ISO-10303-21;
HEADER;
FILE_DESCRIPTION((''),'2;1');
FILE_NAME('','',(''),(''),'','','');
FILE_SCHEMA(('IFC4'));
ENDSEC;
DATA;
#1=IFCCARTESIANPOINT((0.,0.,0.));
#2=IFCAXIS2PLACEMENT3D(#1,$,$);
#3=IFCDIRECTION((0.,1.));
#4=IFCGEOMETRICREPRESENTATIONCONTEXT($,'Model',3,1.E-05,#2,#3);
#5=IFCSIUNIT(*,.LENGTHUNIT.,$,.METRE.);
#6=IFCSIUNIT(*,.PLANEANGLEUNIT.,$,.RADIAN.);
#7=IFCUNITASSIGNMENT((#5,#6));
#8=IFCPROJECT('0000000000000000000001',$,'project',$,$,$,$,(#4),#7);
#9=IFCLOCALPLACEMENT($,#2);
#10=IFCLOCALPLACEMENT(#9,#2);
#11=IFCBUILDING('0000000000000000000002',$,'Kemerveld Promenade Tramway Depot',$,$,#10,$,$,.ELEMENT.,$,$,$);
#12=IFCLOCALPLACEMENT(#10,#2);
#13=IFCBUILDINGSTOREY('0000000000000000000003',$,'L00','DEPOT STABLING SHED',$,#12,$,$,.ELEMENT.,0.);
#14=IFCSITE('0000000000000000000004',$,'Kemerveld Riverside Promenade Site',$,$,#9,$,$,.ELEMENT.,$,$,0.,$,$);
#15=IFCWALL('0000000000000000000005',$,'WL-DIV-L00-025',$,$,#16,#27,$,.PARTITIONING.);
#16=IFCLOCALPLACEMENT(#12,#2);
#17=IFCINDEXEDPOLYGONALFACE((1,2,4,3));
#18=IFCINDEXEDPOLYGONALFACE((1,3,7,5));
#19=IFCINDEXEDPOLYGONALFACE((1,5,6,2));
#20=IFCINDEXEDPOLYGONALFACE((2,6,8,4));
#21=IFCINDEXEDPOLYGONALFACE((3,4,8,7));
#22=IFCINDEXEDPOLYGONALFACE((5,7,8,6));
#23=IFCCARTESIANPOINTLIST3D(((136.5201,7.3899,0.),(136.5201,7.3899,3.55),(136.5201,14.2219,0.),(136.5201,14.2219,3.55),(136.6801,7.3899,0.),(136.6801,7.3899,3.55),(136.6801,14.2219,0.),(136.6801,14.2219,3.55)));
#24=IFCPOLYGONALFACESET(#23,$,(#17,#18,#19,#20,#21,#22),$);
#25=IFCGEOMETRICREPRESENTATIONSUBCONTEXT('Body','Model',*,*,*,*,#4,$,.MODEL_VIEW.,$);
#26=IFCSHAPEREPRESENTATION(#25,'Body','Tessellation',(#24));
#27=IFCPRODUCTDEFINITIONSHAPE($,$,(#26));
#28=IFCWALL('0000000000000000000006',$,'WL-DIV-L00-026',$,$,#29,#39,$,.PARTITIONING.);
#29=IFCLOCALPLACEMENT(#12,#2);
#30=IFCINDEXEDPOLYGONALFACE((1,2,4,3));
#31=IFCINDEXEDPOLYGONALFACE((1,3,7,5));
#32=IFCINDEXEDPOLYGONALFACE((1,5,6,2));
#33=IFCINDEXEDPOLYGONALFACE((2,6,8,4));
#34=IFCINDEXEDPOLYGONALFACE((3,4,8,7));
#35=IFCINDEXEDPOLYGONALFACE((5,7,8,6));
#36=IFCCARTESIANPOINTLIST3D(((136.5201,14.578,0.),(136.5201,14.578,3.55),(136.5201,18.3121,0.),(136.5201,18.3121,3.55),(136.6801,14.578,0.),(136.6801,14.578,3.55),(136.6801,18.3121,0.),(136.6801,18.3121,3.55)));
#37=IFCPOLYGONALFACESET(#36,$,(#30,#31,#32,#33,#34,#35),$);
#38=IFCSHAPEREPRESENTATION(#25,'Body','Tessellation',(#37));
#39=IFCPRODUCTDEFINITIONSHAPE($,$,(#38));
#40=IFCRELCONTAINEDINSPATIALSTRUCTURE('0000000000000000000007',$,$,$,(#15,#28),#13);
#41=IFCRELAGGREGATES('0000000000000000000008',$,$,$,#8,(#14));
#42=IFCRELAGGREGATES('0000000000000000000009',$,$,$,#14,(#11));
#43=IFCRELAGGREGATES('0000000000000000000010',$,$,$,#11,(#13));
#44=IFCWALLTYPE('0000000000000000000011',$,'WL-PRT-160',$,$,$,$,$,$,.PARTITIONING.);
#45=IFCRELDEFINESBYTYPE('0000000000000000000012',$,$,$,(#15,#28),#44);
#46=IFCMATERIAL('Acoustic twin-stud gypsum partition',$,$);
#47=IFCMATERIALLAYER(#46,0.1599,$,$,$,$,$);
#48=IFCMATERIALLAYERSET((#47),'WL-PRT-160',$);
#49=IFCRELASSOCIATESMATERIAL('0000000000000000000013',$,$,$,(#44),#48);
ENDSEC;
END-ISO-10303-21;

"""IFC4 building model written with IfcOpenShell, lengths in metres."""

from ifc_helpers import new_model, si_unit, direction, frame, frame_2d, origin, place, context, subcontext, project, spatial, rectangle, extrude, material, layer, layer_set, type_object, element, save


model = new_model("IFC4")

# Units and contexts
model_context = context("Model", 3, precision=1e-05, world=origin(), true_north=direction((0.0, 1.0)))
body_context = subcontext(model_context, "Body", "Model", "MODEL_VIEW")
ifc_project = project(units=[si_unit("LENGTHUNIT", "METRE"), si_unit("PLANEANGLEUNIT", "RADIAN")], contexts=[model_context])

# Site, building, storey
site_placement = place(None, origin())
site = spatial("IfcSite", under=ifc_project, at=site_placement, Name="Kemerveld Riverside Promenade Site", CompositionType="ELEMENT", RefElevation=0.0)
building_placement = place(site_placement, origin())
building = spatial("IfcBuilding", under=site, at=building_placement, Name="Kemerveld Promenade Tramway Depot", CompositionType="ELEMENT")
storey_placement = place(building_placement, origin())
storey = spatial("IfcBuildingStorey", under=building, at=storey_placement, Name="L00", Description="DEPOT STABLING SHED", CompositionType="ELEMENT", Elevation=0.0)

# Walls
ifc_material_1 = material(Name="Acoustic twin-stud gypsum partition")
ifc_layer_1 = layer(ifc_material_1, 0.1599)
ifc_layer_set_1 = layer_set([ifc_layer_1], Name="WL-PRT-160")
wall_type = type_object("IfcWallType", Name="WL-PRT-160", PredefinedType="PARTITIONING", material=ifc_layer_set_1)
wall_1_placement = place(storey_placement, frame((136.6001, 7.3899, 0.0), z_axis=(0.0, 0.0, 1.0), x_axis=(0.0, 1.0, 0.0)))
element("IfcWall", 1, at=wall_1_placement, inside=storey, type_object=wall_type, Name="WL-DIV-L00-025", PredefinedType="PARTITIONING", context=body_context, shape_type="SweptSolid", body=[
    extrude(rectangle(XDim=6.832, YDim=0.1599, at=frame_2d((3.416, 0.0))), origin(), (0.0, 0.0, 1.0), 3.55),
])
wall_2_placement = place(storey_placement, frame((136.6001, 14.5779, 0.0), z_axis=(0.0, 0.0, 1.0), x_axis=(0.0, 1.0, 0.0)))
element("IfcWall", 2, at=wall_2_placement, inside=storey, type_object=wall_type, Name="WL-DIV-L00-026", PredefinedType="PARTITIONING", context=body_context, shape_type="SweptSolid", body=[
    extrude(rectangle(XDim=3.7341, YDim=0.1599, at=frame_2d((1.8672, 0.0))), origin(), (0.0, 0.0, 1.0), 3.55),
])

save(model, "model.ifc")
